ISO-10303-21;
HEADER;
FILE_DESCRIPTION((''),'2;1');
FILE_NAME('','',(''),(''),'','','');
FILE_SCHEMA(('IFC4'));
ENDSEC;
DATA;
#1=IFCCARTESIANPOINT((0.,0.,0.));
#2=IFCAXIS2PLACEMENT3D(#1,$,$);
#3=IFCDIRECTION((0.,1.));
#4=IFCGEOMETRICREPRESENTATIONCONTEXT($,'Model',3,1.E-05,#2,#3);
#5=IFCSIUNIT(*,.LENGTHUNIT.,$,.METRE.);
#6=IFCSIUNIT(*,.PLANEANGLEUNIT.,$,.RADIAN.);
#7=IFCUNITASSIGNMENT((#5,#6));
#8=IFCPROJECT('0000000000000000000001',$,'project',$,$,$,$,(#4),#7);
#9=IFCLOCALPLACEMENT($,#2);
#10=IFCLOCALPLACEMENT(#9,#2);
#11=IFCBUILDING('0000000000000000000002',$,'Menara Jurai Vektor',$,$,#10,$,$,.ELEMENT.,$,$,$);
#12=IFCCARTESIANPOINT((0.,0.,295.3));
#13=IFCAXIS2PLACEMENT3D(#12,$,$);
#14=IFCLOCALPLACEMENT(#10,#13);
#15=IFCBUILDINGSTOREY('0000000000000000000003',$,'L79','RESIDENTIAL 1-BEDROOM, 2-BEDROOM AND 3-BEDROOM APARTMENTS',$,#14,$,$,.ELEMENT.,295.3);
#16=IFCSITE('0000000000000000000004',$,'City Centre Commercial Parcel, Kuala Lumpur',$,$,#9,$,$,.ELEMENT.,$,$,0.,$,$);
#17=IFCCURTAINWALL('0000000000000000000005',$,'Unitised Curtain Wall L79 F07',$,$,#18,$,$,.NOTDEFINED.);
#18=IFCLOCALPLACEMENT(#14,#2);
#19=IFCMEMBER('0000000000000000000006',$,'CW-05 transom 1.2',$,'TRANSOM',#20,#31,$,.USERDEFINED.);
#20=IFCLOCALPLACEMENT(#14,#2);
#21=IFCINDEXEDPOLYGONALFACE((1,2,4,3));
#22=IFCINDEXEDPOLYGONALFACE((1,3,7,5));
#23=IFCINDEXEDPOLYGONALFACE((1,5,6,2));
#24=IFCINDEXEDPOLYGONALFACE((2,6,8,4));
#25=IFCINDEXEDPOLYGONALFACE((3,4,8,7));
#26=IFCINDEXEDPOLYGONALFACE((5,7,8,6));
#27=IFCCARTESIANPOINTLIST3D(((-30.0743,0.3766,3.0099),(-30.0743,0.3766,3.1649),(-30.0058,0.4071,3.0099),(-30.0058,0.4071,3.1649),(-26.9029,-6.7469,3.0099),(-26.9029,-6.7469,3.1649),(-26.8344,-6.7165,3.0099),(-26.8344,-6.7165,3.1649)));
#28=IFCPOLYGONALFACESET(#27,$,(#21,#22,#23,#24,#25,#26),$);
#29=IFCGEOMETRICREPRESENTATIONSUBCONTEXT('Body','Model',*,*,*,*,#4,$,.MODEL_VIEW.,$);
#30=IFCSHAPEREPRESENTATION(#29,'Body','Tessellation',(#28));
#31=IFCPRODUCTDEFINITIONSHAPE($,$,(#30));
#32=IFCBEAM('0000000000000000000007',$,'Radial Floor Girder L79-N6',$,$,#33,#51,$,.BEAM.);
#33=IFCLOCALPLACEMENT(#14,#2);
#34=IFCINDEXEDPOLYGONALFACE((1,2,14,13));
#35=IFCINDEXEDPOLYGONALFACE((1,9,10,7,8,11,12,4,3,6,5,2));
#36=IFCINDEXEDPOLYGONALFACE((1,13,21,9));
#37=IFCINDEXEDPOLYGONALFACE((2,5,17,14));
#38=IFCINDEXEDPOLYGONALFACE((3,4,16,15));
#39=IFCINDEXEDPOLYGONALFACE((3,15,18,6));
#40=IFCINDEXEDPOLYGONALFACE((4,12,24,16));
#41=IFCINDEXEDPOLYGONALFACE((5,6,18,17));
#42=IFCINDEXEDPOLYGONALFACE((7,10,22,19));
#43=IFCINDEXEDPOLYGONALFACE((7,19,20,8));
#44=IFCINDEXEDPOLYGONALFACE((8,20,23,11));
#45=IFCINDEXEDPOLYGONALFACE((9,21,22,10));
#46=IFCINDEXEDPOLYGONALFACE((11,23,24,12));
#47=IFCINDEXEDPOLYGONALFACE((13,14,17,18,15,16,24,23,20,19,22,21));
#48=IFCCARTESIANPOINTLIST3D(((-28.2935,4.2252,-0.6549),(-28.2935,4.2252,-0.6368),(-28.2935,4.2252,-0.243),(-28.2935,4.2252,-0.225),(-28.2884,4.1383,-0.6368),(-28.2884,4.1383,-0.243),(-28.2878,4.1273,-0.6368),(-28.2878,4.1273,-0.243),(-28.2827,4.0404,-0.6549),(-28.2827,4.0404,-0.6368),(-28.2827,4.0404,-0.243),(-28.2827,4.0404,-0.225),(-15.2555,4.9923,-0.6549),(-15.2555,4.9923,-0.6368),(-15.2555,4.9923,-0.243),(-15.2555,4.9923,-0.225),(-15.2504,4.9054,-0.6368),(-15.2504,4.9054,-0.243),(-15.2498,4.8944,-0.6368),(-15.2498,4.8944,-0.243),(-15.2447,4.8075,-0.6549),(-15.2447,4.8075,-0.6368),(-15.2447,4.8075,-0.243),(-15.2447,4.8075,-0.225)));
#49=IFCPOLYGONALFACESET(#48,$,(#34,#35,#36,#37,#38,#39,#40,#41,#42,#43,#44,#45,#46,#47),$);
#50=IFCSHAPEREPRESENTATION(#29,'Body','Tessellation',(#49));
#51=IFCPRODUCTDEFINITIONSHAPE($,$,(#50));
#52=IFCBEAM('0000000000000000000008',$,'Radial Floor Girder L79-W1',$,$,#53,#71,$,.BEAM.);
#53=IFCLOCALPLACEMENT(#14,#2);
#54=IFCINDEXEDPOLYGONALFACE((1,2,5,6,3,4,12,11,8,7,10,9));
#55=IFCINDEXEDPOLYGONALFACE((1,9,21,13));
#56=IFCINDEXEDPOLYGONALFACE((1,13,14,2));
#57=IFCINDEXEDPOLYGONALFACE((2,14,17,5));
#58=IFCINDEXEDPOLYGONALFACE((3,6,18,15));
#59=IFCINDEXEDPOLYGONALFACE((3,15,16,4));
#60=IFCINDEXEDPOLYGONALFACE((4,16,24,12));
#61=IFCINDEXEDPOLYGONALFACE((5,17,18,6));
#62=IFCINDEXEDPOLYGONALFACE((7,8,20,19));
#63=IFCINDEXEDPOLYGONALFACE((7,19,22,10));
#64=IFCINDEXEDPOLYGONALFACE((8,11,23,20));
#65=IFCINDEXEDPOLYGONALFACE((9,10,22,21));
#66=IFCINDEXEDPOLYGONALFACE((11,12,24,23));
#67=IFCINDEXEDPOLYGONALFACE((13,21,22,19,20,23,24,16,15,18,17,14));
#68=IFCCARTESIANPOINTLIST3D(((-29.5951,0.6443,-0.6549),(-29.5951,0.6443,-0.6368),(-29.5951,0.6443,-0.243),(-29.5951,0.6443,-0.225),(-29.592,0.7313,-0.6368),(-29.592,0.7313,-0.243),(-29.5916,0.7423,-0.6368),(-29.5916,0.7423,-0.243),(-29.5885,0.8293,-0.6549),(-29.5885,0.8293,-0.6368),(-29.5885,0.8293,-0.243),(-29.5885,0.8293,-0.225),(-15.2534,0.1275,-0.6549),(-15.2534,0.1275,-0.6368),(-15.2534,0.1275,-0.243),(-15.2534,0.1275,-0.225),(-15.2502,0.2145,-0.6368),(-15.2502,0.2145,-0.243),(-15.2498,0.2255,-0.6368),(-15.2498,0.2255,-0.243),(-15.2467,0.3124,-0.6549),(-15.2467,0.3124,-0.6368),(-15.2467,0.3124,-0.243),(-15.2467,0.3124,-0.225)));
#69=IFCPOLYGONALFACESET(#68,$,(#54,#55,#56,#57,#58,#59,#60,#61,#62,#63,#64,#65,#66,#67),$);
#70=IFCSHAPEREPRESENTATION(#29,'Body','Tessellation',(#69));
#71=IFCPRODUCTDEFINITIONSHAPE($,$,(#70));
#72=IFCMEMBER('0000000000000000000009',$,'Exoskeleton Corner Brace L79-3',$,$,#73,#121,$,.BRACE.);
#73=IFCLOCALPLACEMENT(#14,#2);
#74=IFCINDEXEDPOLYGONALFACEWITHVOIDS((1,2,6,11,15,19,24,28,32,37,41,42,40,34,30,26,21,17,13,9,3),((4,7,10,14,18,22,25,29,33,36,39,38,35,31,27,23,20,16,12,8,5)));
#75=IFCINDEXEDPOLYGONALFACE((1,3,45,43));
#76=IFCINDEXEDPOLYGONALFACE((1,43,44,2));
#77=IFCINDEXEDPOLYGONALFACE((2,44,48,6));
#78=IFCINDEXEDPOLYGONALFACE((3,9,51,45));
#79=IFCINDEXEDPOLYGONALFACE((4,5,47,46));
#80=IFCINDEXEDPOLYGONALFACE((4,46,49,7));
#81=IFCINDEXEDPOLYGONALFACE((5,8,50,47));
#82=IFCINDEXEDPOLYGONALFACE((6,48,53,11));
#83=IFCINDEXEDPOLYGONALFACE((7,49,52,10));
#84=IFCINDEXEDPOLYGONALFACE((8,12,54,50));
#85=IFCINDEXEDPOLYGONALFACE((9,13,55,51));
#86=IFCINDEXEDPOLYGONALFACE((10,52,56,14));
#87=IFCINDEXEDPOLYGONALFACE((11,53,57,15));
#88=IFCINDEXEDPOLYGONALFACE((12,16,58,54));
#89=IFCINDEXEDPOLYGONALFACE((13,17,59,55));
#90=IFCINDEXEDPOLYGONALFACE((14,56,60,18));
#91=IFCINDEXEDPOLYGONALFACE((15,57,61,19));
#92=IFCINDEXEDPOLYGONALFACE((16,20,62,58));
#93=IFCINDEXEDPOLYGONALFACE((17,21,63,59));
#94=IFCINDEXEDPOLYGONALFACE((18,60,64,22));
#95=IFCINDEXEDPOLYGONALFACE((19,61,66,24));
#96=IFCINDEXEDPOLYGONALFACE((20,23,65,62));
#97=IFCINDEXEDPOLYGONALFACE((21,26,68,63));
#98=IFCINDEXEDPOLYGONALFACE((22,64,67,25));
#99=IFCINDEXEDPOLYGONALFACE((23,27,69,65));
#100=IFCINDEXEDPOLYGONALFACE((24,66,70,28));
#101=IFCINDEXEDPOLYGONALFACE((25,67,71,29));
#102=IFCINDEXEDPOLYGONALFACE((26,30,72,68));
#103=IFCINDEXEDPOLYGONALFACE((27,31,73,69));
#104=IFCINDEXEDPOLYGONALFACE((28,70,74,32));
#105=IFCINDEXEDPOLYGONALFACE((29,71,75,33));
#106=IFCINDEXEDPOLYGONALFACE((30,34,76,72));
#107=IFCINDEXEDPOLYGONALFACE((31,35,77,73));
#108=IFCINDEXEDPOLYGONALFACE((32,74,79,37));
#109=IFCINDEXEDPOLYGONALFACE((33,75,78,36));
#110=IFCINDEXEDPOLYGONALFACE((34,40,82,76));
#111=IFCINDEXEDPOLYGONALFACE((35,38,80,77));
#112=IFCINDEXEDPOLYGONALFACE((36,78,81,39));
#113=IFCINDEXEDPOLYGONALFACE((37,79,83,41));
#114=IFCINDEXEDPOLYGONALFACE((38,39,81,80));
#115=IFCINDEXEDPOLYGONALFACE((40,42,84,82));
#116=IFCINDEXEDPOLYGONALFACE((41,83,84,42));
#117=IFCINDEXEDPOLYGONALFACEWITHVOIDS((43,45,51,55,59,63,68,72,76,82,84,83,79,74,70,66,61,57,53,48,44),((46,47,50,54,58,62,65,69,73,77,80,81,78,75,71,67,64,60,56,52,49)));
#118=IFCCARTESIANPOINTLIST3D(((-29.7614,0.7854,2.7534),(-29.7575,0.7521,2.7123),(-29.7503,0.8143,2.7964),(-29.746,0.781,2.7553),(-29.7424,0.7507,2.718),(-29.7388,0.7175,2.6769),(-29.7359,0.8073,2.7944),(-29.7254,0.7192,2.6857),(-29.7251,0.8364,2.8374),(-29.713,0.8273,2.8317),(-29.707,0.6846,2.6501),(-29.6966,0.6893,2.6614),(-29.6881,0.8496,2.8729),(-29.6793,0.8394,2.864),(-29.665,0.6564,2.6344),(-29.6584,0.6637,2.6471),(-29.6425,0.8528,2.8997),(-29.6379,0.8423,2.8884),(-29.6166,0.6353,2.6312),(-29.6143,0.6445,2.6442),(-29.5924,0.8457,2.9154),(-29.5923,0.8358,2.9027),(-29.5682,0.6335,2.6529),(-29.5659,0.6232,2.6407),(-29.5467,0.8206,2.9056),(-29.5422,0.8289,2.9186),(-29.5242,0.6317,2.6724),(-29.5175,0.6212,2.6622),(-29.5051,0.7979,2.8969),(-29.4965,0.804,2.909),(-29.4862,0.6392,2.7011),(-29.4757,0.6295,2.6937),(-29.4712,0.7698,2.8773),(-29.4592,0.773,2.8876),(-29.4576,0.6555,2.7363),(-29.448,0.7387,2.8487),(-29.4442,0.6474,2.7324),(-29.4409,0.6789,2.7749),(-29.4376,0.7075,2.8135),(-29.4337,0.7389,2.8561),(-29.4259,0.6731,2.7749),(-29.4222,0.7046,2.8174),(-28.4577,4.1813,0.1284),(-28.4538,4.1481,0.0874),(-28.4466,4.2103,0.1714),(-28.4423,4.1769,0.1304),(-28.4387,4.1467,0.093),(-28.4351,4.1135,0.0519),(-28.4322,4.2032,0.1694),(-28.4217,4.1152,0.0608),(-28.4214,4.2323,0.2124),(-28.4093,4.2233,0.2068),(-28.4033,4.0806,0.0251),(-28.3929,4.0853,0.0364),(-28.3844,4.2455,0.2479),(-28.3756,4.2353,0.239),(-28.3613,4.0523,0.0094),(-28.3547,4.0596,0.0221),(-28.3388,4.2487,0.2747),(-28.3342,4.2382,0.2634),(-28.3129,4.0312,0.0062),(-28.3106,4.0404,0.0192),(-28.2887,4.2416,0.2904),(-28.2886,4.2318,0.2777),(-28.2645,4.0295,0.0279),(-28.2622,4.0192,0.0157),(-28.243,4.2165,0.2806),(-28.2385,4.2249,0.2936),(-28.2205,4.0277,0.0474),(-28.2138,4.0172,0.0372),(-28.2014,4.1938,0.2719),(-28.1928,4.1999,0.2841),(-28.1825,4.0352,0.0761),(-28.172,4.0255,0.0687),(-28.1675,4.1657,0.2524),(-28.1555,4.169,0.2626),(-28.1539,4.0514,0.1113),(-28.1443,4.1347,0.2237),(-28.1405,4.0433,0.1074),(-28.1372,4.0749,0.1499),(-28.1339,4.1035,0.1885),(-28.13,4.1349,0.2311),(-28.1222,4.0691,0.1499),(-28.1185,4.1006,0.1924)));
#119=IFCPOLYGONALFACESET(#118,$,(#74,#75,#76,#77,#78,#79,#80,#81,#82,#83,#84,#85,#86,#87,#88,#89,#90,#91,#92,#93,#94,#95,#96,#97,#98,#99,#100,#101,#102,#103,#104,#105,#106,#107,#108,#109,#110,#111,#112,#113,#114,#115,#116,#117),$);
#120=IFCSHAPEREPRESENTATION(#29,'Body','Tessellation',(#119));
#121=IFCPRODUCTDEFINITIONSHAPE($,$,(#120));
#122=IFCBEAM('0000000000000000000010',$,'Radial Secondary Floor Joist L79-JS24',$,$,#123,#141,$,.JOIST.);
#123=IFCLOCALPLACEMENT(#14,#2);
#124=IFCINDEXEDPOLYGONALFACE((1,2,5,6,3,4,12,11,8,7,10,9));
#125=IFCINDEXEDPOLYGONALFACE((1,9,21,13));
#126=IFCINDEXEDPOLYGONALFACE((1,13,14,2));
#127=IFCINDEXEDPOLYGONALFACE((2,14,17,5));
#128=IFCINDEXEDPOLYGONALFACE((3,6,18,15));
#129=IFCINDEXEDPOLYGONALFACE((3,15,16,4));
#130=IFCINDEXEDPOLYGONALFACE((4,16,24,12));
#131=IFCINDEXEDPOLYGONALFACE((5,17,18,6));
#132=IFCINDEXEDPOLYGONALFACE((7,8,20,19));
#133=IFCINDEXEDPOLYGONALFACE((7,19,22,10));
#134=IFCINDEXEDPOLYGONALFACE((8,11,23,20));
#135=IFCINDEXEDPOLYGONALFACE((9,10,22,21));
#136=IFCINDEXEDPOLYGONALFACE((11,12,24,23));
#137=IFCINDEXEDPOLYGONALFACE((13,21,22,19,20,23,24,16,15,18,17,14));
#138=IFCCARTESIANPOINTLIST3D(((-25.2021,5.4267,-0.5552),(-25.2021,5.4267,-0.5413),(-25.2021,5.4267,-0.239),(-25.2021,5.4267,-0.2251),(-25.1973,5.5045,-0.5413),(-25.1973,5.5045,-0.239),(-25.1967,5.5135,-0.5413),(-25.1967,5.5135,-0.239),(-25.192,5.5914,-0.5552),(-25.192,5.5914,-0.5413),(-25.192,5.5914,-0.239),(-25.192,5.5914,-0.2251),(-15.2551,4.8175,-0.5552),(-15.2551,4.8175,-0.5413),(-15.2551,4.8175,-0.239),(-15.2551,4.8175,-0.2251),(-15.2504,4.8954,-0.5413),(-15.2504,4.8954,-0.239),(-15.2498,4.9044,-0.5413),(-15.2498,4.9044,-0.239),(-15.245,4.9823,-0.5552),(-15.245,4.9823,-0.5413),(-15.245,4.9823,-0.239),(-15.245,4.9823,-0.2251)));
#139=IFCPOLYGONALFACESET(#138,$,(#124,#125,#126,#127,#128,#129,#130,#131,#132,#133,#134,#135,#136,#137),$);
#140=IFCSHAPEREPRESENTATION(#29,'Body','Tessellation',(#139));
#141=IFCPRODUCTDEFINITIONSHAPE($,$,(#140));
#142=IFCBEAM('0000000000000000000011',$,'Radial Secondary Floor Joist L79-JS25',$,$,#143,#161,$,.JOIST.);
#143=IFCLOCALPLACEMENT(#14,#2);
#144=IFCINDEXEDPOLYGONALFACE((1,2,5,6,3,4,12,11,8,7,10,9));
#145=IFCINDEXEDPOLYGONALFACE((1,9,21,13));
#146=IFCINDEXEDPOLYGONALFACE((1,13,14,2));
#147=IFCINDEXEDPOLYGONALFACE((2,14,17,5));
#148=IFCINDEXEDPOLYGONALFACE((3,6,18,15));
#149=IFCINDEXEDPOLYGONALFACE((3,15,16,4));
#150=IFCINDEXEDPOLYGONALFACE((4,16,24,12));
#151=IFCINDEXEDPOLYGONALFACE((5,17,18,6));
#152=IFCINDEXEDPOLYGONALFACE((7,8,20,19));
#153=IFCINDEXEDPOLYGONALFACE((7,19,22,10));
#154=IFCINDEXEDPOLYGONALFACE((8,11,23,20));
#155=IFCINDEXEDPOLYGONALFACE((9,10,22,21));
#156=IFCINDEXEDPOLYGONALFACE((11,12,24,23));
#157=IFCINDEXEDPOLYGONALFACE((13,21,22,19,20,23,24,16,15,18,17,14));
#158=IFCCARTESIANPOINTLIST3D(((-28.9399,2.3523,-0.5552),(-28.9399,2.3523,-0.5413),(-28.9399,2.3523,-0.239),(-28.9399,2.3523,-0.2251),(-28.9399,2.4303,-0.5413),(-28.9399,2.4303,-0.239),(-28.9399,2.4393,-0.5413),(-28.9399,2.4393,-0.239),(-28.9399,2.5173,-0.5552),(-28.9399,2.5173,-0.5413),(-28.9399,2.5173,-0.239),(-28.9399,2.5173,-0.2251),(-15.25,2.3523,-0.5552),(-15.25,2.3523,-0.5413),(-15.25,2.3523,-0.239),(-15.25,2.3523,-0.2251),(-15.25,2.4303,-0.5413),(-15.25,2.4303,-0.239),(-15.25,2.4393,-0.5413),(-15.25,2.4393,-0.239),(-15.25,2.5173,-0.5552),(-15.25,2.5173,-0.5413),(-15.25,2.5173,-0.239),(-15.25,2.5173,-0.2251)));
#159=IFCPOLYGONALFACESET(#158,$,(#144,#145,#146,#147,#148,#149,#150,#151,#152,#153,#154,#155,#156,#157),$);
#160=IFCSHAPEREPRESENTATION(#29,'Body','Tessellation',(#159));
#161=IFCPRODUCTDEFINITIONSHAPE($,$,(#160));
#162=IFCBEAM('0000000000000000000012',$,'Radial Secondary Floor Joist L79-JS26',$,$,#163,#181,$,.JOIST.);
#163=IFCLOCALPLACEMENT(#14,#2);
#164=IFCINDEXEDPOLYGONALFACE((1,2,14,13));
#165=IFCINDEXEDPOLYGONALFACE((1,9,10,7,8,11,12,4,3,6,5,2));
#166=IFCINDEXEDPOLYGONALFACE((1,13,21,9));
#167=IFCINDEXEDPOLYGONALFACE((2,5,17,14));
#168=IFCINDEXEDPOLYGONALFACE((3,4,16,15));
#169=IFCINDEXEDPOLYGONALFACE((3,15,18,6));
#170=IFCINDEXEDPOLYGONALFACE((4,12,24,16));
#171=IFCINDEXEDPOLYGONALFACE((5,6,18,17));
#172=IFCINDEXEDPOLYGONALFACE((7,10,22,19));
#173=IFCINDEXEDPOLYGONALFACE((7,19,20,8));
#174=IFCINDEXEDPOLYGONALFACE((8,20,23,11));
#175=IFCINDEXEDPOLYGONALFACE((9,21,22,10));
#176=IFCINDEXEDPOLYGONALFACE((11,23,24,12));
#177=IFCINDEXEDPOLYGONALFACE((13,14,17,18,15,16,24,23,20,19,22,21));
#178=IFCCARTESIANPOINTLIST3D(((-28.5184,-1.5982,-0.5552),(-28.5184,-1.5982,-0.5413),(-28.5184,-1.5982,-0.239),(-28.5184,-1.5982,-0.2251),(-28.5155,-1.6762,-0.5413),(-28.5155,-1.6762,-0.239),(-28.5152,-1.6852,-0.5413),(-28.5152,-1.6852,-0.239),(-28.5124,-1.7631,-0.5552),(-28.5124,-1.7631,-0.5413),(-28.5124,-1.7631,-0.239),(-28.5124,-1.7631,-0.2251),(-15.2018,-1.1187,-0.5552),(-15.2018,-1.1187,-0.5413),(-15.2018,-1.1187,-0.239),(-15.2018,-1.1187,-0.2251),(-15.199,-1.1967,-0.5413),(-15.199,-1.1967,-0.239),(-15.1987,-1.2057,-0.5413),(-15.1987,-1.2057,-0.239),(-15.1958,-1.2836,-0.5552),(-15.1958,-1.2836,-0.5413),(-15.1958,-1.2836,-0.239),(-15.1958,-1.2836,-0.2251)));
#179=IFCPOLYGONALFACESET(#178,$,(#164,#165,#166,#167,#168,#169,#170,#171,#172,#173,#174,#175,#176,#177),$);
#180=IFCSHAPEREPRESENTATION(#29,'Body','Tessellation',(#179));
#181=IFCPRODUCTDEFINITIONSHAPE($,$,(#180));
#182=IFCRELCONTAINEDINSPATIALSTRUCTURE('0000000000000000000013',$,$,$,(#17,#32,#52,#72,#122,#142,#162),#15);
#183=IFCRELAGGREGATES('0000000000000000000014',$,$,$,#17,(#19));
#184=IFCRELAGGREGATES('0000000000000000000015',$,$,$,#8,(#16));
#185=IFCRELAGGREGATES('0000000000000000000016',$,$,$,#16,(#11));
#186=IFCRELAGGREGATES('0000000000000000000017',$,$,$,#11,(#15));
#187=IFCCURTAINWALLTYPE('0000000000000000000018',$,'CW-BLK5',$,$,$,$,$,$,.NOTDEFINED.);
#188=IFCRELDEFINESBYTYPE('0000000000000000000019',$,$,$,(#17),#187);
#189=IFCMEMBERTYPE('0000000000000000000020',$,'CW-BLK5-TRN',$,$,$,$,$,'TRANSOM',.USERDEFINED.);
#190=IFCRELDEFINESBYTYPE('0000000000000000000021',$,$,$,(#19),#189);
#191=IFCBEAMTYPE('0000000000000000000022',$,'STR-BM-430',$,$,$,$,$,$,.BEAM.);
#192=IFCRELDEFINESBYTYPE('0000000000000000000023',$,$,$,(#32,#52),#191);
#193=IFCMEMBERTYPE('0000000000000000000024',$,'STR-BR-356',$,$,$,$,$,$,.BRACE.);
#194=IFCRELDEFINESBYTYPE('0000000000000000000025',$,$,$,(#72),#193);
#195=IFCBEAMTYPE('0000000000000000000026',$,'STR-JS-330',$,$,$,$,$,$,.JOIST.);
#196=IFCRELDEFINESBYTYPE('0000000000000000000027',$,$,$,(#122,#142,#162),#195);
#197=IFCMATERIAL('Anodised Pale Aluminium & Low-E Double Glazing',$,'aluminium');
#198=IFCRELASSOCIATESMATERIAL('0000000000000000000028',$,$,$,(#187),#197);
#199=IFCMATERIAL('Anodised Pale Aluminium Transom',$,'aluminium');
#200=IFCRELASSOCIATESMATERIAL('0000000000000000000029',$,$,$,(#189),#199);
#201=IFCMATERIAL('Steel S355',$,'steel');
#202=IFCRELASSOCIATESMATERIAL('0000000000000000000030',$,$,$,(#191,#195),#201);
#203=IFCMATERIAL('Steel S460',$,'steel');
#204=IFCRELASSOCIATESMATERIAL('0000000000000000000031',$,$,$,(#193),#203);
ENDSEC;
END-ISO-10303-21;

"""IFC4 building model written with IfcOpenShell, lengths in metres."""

from ifc_helpers import new_model, si_unit, direction, frame, origin, origin_2d, place, context, subcontext, project, spatial, rectangle, hollow_circle, i_section, extrude, material, material_profile, profile_set, type_object, element, aggregate, save


model = new_model("IFC4")

# Units and contexts
model_context = context("Model", 3, precision=1e-05, world=origin(), true_north=direction((0.0, 1.0)))
body_context = subcontext(model_context, "Body", "Model", "MODEL_VIEW")
ifc_project = project(units=[si_unit("LENGTHUNIT", "METRE"), si_unit("PLANEANGLEUNIT", "RADIAN")], contexts=[model_context])

# Site, building, storey
site_placement = place(None, origin())
site = spatial("IfcSite", under=ifc_project, at=site_placement, Name="City Centre Commercial Parcel, Kuala Lumpur", CompositionType="ELEMENT", RefElevation=0.0)
building_placement = place(site_placement, origin())
building = spatial("IfcBuilding", under=site, at=building_placement, Name="Menara Jurai Vektor", CompositionType="ELEMENT")
storey_placement = place(building_placement, frame((0.0, 0.0, 295.3)))
storey = spatial("IfcBuildingStorey", under=building, at=storey_placement, Name="L79", Description="RESIDENTIAL 1-BEDROOM, 2-BEDROOM AND 3-BEDROOM APARTMENTS", CompositionType="ELEMENT", Elevation=295.3)

# Shared definitions
ifc_material_1 = material(Name="Steel S460", Category="steel")

# Shared definitions
ifc_material_2 = material(Name="Anodised Pale Aluminium & Low-E Double Glazing", Category="aluminium")
curtain_wall_type = type_object("IfcCurtainWallType", Name="CW-BLK5", PredefinedType="NOTDEFINED", material=ifc_material_2)

# Curtain wall
curtain_wall_1_placement = place(storey_placement, origin())
curtain_wall_1 = element("IfcCurtainWall", 1, at=curtain_wall_1_placement, inside=storey, type_object=curtain_wall_type, Name="Unitised Curtain Wall L79 F07", PredefinedType="NOTDEFINED")

# Member
ifc_material_3 = material(Name="Anodised Pale Aluminium Transom", Category="aluminium")
ifc_material_profile_1 = material_profile(ifc_material_3, rectangle(XDim=0.075, YDim=0.155, at=origin_2d()), Name="ALU TRN 75x155")
ifc_profile_set_1 = profile_set([ifc_material_profile_1], Name="Anodised Pale Aluminium Transom")
member_type_1 = type_object("IfcMemberType", Name="CW-BLK5-TRN", ElementType="TRANSOM", PredefinedType="USERDEFINED", material=ifc_profile_set_1)
member_1_placement = place(storey_placement, frame((-30.04, 0.3918, 3.0874), z_axis=(0.406714, -0.913556, 0.0), x_axis=(0.913556, 0.406714, 0.0)))
member_1 = element("IfcMember", 2, at=member_1_placement, type_object=member_type_1, Name="CW-05 transom 1.2", ObjectType="TRANSOM", PredefinedType="USERDEFINED", context=body_context, shape_type="SweptSolid", body=[
    extrude(rectangle(XDim=0.075, YDim=0.155, at=origin_2d()), origin(), (0.0, 0.0, 1.0), 7.7976),
])

# Beams
ifc_material_4 = material(Name="Steel S355", Category="steel")
ifc_material_profile_2 = material_profile(ifc_material_4, i_section(OverallWidth=0.1851, OverallDepth=0.4299, WebThickness=0.011, FlangeThickness=0.0181, at=origin_2d()), Name="PG 430x185x76")
ifc_profile_set_2 = profile_set([ifc_material_profile_2], Name="Steel S355")
beam_type_1 = type_object("IfcBeamType", Name="STR-BM-430", PredefinedType="BEAM", material=ifc_profile_set_2)
beam_1_placement = place(storey_placement, frame((-28.2881, 4.1328, -0.4399), z_axis=(0.998274, 0.058733, 0.0), x_axis=(-0.058733, 0.998274, 0.0)))
element("IfcBeam", 3, at=beam_1_placement, inside=storey, type_object=beam_type_1, Name="Radial Floor Girder L79-N6", PredefinedType="BEAM", context=body_context, shape_type="SweptSolid", body=[
    extrude(i_section(OverallWidth=0.1851, OverallDepth=0.4299, WebThickness=0.011, FlangeThickness=0.0181, at=origin_2d()), origin(), (0.0, 0.0, 1.0), 13.0605),
])
beam_2_placement = place(storey_placement, frame((-29.5918, 0.7368, -0.4399), z_axis=(0.999351, -0.036014, 0.0), x_axis=(0.036014, 0.999351, 0.0)))
element("IfcBeam", 4, at=beam_2_placement, inside=storey, type_object=beam_type_1, Name="Radial Floor Girder L79-W1", PredefinedType="BEAM", context=body_context, shape_type="SweptSolid", body=[
    extrude(i_section(OverallWidth=0.1851, OverallDepth=0.4299, WebThickness=0.011, FlangeThickness=0.0181, at=origin_2d()), origin(), (0.0, 0.0, 1.0), 14.3511),
])

# Member
ifc_material_profile_3 = material_profile(ifc_material_1, hollow_circle(Radius=0.1777, WallThickness=0.0161, at=origin_2d()), Name="CHS 355.6x16")
ifc_profile_set_3 = profile_set([ifc_material_profile_3], Name="Steel S460")
member_type_2 = type_object("IfcMemberType", Name="STR-BR-356", PredefinedType="BRACE", material=ifc_profile_set_3)
member_2_placement = place(storey_placement, frame((-28.2881, 4.1328, 0.1499), z_axis=(-0.290626, -0.757042, 0.58517), x_axis=(0.93357, -0.358394, 0.0)))
element("IfcMember", 5, at=member_2_placement, inside=storey, type_object=member_type_2, Name="Exoskeleton Corner Brace L79-3", PredefinedType="BRACE", context=body_context, shape_type="SweptSolid", body=[
    extrude(hollow_circle(Radius=0.1777, WallThickness=0.0161, at=origin_2d()), origin(), (0.0, 0.0, 1.0), 4.4858),
])

# Beams
ifc_material_profile_4 = material_profile(ifc_material_4, i_section(OverallWidth=0.165, OverallDepth=0.3301, WebThickness=0.009, FlangeThickness=0.0139, at=origin_2d()), Name="PG 330x165x46")
ifc_profile_set_4 = profile_set([ifc_material_profile_4], Name="Steel S355")
beam_type_2 = type_object("IfcBeamType", Name="STR-JS-330", PredefinedType="JOIST", material=ifc_profile_set_4)
beam_3_placement = place(storey_placement, frame((-25.197, 5.509, -0.3901), z_axis=(0.99813, -0.061123, 0.0), x_axis=(0.061123, 0.99813, 0.0)))
element("IfcBeam", 6, at=beam_3_placement, inside=storey, type_object=beam_type_2, Name="Radial Secondary Floor Joist L79-JS24", PredefinedType="JOIST", context=body_context, shape_type="SweptSolid", body=[
    extrude(i_section(OverallWidth=0.165, OverallDepth=0.3301, WebThickness=0.009, FlangeThickness=0.0139, at=origin_2d()), origin(), (0.0, 0.0, 1.0), 9.9656),
])
beam_4_placement = place(storey_placement, frame((-28.9399, 2.4348, -0.3901), z_axis=(1.0, 0.0, 0.0), x_axis=(0.0, 1.0, 0.0)))
element("IfcBeam", 7, at=beam_4_placement, inside=storey, type_object=beam_type_2, Name="Radial Secondary Floor Joist L79-JS25", PredefinedType="JOIST", context=body_context, shape_type="SweptSolid", body=[
    extrude(i_section(OverallWidth=0.165, OverallDepth=0.3301, WebThickness=0.009, FlangeThickness=0.0139, at=origin_2d()), origin(), (0.0, 0.0, 1.0), 13.6899),
])
beam_5_placement = place(storey_placement, frame((-28.5154, -1.6807, -0.3901), z_axis=(0.999352, 0.035984, 0.0), x_axis=(-0.035984, 0.999352, 0.0)))
element("IfcBeam", 8, at=beam_5_placement, inside=storey, type_object=beam_type_2, Name="Radial Secondary Floor Joist L79-JS26", PredefinedType="JOIST", context=body_context, shape_type="SweptSolid", body=[
    extrude(i_section(OverallWidth=0.165, OverallDepth=0.3301, WebThickness=0.009, FlangeThickness=0.0139, at=origin_2d()), origin(), (0.0, 0.0, 1.0), 13.3252),
])

aggregate(curtain_wall_1, [member_1])

save(model, "model.ifc")
